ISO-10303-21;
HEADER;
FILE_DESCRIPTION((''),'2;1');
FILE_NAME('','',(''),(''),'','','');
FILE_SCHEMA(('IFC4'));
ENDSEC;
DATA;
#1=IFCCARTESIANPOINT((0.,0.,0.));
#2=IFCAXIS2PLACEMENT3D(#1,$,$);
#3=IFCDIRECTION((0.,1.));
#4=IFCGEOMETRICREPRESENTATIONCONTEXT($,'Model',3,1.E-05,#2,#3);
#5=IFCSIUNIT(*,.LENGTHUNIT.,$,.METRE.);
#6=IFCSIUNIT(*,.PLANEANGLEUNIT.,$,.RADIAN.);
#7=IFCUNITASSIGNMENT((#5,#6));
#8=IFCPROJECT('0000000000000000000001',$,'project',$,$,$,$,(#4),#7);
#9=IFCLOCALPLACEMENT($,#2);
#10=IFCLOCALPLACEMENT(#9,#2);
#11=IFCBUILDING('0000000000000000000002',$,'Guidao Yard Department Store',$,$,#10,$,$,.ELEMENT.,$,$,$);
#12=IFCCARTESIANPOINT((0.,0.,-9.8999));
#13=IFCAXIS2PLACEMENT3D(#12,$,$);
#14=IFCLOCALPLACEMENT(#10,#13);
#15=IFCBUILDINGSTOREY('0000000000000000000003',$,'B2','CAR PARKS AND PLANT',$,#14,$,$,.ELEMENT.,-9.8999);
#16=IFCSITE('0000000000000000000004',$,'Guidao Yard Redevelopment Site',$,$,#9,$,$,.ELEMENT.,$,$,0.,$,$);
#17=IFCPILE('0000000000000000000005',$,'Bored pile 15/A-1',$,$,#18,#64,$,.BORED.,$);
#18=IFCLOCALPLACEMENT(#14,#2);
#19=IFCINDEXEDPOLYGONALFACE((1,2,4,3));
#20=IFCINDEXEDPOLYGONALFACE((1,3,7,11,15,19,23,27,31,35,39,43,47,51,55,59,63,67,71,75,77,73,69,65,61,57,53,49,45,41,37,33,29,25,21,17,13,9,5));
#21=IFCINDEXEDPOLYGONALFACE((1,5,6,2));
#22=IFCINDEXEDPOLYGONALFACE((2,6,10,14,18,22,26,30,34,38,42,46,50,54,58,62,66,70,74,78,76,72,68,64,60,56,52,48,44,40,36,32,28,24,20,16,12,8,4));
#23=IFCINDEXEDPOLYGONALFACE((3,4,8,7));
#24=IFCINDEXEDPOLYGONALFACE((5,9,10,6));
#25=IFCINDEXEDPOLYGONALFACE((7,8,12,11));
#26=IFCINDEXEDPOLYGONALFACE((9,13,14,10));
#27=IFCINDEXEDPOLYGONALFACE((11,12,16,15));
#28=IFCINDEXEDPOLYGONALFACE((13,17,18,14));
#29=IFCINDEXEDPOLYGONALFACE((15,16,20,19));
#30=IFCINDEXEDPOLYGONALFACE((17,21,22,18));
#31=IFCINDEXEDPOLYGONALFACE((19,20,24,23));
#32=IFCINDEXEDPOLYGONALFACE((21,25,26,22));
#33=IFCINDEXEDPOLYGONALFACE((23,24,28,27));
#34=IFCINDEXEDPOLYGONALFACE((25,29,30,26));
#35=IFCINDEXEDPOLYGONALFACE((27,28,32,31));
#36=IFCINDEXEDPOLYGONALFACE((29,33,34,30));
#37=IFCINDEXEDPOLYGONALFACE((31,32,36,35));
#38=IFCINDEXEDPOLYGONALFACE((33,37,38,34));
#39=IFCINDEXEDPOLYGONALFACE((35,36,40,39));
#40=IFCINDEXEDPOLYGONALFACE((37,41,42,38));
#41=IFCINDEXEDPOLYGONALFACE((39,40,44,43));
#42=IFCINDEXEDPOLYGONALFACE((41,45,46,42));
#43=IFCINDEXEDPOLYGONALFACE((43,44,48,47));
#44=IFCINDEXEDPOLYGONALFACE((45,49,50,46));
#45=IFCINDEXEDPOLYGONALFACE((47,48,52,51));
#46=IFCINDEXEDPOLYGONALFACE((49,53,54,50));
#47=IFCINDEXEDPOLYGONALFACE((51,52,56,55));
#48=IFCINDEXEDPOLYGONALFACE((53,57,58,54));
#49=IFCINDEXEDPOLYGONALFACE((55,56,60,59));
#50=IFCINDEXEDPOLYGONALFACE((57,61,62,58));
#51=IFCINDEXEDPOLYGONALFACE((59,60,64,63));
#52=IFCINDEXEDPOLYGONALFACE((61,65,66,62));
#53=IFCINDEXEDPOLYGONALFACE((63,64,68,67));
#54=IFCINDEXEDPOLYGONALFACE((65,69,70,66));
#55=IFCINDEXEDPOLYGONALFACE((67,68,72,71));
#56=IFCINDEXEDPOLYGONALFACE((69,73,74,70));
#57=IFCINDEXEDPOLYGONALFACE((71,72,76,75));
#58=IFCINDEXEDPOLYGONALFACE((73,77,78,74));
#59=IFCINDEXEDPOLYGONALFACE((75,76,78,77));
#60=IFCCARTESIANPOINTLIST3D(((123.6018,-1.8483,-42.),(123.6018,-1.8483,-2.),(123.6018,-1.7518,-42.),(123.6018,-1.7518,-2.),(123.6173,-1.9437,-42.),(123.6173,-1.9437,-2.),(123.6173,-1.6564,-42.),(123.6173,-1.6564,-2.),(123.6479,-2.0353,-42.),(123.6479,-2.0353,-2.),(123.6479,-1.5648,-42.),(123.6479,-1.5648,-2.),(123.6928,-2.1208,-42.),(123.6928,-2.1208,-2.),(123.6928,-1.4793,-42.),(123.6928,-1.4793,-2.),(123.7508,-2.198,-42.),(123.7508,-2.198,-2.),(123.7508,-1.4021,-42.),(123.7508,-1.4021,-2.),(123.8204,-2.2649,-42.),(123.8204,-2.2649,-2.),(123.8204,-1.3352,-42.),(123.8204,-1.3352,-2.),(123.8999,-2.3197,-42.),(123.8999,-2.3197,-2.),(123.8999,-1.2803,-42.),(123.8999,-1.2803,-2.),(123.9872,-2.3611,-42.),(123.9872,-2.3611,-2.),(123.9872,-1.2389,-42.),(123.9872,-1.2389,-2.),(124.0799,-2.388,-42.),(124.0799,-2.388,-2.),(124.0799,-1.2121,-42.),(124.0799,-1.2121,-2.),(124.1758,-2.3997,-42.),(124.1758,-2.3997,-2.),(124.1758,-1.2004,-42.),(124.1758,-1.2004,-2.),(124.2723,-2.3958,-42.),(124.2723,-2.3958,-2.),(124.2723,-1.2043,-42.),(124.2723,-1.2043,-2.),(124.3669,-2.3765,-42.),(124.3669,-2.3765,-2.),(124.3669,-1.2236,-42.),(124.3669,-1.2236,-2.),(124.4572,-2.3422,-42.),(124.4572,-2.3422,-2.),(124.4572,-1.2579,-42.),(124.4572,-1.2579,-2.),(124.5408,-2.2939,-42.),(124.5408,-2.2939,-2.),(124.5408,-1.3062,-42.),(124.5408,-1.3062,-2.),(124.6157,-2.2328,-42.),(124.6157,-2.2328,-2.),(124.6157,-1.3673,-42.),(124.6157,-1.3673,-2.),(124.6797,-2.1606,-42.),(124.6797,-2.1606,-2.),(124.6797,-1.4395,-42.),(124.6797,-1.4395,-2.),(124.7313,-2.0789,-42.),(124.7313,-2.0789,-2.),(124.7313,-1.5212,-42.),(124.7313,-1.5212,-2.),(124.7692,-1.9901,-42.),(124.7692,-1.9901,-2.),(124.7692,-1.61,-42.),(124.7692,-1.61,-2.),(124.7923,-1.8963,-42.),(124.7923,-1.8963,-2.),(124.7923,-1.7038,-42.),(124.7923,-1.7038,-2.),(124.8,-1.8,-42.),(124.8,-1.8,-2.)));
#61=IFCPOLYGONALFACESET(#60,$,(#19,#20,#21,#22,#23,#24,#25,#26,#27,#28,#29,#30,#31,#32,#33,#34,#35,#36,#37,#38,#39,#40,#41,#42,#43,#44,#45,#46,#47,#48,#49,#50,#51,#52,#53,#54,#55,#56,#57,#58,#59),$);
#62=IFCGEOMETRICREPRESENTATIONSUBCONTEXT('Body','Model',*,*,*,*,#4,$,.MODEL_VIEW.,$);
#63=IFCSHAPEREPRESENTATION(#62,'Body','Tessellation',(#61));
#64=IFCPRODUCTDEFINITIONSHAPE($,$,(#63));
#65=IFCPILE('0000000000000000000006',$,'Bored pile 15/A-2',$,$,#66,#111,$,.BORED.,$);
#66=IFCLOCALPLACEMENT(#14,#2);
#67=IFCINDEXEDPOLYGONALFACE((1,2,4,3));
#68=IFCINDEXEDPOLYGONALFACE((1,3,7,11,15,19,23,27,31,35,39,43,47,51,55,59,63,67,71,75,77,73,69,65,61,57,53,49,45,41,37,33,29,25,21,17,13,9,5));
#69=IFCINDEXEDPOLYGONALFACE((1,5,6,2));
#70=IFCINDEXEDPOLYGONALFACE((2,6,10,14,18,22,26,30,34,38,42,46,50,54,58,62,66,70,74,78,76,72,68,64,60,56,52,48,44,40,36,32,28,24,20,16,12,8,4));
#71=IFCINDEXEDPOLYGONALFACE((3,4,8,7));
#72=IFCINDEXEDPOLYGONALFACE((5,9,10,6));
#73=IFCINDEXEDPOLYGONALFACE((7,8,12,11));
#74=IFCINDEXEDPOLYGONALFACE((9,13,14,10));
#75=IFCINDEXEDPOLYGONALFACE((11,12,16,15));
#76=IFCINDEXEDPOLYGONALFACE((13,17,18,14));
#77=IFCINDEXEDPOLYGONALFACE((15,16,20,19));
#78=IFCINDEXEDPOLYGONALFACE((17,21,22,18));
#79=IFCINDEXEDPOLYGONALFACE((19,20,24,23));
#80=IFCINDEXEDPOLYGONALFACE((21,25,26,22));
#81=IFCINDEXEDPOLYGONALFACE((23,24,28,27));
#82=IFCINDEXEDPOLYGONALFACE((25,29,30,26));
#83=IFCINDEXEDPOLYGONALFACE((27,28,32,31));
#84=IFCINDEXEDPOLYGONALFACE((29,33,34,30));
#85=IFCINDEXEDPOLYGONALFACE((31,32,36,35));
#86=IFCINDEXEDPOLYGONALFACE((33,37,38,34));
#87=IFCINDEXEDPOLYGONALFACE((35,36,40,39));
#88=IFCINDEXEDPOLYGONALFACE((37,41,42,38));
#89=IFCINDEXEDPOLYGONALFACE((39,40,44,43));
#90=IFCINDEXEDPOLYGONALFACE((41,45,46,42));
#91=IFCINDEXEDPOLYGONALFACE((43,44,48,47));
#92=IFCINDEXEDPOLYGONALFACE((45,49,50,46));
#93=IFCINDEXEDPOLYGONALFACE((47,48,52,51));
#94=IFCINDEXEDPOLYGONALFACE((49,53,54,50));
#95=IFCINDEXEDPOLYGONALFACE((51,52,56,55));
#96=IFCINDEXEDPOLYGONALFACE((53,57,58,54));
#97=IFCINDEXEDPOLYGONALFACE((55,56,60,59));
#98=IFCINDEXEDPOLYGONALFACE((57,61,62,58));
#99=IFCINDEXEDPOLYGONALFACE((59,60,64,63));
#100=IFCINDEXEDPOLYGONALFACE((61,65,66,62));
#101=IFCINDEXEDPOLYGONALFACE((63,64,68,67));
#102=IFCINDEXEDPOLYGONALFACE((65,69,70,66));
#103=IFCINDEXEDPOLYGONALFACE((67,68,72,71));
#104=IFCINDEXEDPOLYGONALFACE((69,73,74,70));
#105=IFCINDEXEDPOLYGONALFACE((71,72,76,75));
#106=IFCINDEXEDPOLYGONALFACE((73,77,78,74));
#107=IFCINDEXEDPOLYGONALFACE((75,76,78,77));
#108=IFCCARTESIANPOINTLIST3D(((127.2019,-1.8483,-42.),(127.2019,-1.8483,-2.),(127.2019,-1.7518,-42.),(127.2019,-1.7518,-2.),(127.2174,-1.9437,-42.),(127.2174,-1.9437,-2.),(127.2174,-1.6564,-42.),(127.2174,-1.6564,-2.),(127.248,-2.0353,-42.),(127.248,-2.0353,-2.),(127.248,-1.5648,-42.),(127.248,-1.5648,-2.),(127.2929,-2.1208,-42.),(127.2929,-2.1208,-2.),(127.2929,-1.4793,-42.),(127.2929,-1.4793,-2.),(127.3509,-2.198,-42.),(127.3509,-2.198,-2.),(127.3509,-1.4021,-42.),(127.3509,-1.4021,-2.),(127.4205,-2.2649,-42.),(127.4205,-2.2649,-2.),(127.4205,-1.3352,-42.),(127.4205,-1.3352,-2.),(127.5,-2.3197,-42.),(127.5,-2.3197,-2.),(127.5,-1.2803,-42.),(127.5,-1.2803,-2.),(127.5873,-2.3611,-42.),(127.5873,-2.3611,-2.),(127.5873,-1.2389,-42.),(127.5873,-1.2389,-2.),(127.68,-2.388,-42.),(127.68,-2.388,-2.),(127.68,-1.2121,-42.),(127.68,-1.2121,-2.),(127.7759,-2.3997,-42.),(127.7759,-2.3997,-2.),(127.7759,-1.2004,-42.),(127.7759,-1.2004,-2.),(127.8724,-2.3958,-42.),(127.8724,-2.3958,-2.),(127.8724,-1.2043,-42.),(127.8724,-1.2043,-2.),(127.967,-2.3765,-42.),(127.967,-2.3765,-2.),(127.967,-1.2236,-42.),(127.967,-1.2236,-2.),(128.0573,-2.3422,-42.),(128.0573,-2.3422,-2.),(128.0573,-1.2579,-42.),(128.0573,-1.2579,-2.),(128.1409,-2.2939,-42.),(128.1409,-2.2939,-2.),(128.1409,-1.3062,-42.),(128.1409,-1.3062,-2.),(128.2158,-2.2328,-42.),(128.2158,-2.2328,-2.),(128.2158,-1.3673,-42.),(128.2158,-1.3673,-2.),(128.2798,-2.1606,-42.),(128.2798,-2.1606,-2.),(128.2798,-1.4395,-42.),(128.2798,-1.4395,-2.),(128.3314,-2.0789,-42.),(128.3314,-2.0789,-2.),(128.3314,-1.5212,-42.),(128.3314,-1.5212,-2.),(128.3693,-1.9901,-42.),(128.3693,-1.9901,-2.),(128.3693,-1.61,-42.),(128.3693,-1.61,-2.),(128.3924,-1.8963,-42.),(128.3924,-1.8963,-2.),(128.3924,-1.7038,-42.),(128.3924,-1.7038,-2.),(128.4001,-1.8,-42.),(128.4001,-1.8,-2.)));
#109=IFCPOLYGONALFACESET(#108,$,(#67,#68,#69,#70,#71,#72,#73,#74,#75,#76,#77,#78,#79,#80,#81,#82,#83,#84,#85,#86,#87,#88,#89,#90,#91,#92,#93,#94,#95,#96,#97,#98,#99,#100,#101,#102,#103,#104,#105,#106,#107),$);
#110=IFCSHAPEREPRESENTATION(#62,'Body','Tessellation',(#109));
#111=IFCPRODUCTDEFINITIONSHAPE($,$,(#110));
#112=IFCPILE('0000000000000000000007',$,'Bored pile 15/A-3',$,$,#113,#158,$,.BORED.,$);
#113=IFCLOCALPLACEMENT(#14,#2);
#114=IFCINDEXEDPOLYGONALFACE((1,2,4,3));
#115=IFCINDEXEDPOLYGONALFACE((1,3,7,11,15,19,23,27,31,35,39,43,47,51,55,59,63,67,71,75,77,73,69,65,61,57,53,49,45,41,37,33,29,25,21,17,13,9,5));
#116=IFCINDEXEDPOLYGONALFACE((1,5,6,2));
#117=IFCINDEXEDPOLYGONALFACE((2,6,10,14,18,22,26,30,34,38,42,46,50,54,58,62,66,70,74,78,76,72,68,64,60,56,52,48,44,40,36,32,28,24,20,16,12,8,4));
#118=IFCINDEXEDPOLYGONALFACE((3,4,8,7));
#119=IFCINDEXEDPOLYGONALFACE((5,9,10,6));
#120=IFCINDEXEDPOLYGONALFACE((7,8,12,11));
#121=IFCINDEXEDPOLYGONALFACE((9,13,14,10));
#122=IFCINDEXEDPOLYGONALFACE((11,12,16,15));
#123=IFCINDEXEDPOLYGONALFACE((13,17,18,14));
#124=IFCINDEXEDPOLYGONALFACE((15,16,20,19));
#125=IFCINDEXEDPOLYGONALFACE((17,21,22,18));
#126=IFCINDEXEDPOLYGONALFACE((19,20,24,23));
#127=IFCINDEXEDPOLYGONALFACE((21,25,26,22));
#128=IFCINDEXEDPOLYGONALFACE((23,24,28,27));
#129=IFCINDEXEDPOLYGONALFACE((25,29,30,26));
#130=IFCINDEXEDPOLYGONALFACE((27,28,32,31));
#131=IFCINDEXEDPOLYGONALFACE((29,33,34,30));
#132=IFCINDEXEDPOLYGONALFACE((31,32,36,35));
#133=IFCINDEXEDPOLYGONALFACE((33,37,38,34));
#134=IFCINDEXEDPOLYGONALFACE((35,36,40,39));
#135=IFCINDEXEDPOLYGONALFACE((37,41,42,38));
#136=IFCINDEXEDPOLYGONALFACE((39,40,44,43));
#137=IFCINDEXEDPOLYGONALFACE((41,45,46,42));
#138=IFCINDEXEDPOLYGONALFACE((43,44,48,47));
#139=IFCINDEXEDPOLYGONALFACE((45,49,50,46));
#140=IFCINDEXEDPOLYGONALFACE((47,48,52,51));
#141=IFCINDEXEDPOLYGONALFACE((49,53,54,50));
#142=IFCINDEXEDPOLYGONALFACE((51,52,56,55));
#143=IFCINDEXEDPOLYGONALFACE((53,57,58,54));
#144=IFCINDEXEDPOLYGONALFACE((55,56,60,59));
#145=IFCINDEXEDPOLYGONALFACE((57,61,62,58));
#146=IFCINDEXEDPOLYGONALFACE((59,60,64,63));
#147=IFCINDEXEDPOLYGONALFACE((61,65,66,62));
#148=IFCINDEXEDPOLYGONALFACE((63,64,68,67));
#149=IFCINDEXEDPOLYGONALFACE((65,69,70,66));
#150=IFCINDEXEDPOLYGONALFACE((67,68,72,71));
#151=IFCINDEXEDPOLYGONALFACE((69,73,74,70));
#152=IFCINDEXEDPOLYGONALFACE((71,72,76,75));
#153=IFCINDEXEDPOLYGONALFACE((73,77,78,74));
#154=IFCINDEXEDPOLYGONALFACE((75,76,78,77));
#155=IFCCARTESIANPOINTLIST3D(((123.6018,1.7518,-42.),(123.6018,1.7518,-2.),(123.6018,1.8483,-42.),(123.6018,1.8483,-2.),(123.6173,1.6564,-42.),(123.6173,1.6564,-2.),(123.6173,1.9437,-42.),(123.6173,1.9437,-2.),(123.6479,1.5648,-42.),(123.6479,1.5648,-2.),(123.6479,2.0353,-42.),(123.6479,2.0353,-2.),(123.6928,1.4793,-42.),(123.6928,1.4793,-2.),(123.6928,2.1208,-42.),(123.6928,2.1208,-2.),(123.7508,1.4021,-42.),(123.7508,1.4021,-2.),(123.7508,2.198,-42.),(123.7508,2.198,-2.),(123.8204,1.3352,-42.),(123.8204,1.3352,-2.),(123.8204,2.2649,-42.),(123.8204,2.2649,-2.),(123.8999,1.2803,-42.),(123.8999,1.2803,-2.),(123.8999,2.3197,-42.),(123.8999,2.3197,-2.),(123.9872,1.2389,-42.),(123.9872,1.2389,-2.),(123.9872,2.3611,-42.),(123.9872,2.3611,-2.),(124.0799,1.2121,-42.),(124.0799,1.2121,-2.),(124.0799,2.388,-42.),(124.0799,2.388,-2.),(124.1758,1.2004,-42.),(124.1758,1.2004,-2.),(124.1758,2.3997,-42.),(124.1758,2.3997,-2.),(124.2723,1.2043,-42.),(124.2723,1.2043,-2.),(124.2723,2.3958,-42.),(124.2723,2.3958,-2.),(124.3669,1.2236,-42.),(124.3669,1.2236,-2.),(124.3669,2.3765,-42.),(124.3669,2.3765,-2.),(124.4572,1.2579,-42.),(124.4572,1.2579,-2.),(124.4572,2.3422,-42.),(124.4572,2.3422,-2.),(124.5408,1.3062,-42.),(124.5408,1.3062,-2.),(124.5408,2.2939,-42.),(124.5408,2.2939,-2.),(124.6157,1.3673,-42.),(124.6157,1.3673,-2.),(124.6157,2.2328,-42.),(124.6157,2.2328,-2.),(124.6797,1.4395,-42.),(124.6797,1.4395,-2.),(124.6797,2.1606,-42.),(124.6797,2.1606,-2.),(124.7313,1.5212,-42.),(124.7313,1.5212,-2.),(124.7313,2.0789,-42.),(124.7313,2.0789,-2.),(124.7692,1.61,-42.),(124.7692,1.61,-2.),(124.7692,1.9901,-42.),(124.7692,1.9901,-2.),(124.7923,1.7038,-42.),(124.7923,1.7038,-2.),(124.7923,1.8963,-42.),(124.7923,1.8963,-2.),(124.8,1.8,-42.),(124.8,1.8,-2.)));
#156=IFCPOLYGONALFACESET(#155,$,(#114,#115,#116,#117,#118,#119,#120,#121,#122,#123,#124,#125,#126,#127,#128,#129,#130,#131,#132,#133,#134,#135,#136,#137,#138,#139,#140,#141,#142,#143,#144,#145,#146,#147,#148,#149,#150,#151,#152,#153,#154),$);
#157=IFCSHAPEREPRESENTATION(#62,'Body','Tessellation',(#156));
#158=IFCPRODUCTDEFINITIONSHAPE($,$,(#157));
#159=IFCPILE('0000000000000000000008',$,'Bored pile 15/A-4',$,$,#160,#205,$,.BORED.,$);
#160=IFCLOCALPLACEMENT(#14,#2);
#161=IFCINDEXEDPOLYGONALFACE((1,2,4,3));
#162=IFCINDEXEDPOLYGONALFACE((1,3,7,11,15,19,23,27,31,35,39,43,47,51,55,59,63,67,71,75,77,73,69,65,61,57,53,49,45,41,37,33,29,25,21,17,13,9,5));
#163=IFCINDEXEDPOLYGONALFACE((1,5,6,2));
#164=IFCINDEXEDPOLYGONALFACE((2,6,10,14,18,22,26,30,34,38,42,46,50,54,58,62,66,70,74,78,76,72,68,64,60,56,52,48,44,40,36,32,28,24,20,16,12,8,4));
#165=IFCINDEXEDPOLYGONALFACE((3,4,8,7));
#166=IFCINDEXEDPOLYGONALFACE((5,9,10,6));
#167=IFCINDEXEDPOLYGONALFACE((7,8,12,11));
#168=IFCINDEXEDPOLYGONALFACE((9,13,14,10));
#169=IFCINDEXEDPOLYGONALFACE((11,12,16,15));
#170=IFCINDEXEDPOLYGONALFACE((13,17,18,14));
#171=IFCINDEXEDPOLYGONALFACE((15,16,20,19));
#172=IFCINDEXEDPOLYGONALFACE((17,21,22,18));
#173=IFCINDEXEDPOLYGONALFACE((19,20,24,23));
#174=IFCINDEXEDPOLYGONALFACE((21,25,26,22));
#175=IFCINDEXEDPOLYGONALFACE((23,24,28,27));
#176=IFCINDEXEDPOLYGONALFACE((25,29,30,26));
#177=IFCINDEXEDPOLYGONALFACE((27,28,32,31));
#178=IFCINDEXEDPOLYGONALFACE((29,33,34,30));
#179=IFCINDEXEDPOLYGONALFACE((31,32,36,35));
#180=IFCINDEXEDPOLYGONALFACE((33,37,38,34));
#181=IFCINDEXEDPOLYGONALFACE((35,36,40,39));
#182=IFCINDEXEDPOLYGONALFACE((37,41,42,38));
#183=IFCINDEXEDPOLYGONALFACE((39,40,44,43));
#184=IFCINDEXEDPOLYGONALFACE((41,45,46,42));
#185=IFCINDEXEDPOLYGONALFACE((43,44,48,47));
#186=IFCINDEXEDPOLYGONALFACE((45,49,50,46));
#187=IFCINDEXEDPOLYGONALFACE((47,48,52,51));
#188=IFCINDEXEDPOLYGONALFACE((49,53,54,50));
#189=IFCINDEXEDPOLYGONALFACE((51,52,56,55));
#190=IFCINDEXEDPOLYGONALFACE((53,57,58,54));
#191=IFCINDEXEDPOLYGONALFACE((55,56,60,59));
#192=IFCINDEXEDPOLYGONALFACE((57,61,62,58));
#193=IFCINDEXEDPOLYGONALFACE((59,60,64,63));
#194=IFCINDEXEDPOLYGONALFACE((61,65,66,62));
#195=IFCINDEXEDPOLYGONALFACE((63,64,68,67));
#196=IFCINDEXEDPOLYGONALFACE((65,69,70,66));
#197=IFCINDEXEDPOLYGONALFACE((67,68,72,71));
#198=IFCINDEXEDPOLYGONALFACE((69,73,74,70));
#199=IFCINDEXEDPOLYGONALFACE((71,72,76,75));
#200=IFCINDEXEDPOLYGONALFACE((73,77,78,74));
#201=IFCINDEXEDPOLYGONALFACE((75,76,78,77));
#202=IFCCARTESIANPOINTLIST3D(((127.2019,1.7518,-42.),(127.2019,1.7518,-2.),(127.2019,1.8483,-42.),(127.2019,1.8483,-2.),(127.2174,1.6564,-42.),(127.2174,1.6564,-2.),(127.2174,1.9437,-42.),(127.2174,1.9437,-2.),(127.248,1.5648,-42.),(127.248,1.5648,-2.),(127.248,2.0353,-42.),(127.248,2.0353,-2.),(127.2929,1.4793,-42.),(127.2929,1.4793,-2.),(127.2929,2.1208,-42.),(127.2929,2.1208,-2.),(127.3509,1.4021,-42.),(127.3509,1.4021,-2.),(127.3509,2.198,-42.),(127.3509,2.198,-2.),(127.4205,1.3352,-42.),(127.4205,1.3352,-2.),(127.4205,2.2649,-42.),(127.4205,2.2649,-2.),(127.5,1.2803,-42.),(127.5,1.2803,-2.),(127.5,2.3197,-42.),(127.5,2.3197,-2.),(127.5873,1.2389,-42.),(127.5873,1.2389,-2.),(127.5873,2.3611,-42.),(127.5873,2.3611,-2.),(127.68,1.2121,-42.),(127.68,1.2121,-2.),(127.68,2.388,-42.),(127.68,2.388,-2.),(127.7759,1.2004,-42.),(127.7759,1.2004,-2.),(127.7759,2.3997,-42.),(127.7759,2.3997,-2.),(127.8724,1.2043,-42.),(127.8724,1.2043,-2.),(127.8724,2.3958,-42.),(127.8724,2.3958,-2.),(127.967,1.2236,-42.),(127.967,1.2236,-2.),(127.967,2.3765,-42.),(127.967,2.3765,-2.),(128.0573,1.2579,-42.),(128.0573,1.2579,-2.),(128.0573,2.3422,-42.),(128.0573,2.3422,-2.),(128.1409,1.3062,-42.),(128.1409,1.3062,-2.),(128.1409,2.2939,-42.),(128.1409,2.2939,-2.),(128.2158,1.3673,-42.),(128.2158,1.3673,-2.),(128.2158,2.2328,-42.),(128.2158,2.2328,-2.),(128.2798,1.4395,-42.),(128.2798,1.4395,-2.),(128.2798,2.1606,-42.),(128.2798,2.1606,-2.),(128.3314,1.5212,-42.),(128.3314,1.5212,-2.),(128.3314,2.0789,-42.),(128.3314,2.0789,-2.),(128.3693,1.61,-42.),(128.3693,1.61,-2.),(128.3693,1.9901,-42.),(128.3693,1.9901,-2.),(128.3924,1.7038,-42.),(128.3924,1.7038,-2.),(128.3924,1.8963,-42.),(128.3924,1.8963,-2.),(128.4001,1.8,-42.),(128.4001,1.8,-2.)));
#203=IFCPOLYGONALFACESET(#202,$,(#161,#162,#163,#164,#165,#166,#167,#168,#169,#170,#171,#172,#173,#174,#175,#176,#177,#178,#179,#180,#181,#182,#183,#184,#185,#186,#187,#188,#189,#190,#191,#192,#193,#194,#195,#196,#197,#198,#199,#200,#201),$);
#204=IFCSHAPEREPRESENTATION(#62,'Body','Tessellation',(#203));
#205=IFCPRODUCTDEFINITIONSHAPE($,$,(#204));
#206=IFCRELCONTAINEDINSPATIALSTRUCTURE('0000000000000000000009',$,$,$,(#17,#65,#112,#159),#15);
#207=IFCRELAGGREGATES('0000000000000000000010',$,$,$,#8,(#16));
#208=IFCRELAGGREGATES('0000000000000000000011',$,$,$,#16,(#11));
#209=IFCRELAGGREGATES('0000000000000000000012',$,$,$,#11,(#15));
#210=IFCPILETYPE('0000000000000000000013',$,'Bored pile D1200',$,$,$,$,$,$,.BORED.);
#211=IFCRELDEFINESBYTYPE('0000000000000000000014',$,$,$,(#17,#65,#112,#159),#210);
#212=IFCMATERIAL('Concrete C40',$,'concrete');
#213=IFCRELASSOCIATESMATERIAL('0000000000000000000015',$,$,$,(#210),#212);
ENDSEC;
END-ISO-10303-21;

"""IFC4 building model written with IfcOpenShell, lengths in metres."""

from ifc_helpers import new_model, si_unit, direction, frame, origin, origin_2d, place, context, subcontext, project, spatial, circle, extrude, material, material_profile, profile_set, type_object, element, save


model = new_model("IFC4")

# Units and contexts
model_context = context("Model", 3, precision=1e-05, world=origin(), true_north=direction((0.0, 1.0)))
body_context = subcontext(model_context, "Body", "Model", "MODEL_VIEW")
ifc_project = project(units=[si_unit("LENGTHUNIT", "METRE"), si_unit("PLANEANGLEUNIT", "RADIAN")], contexts=[model_context])

# Site, building, storey
site_placement = place(None, origin())
site = spatial("IfcSite", under=ifc_project, at=site_placement, Name="Guidao Yard Redevelopment Site", CompositionType="ELEMENT", RefElevation=0.0)
building_placement = place(site_placement, origin())
building = spatial("IfcBuilding", under=site, at=building_placement, Name="Guidao Yard Department Store", CompositionType="ELEMENT")
storey_placement = place(building_placement, frame((0.0, 0.0, -9.8999)))
storey = spatial("IfcBuildingStorey", under=building, at=storey_placement, Name="B2", Description="CAR PARKS AND PLANT", CompositionType="ELEMENT", Elevation=-9.8999)

# Piles
ifc_material_1 = material(Name="Concrete C40", Category="concrete")
ifc_material_profile_1 = material_profile(ifc_material_1, circle(Radius=0.6001, at=origin_2d()), Name="Bored pile D1200")
ifc_profile_set_1 = profile_set([ifc_material_profile_1], Name="Concrete C40")
pile_type = type_object("IfcPileType", Name="Bored pile D1200", PredefinedType="BORED", material=ifc_profile_set_1)
for number, where, z_axis, x_axis, name in (
    (1, (124.2, -1.8, -2.0), (0.0, 0.0, -1.0), (1.0, 0.0, 0.0), "Bored pile 15/A-1"),
    (2, (127.8, -1.8, -2.0), (0.0, 0.0, -1.0), (1.0, 0.0, 0.0), "Bored pile 15/A-2"),
    (3, (124.2, 1.8, -2.0), (0.0, 0.0, -1.0), (1.0, 0.0, 0.0), "Bored pile 15/A-3"),
    (4, (127.8, 1.8, -2.0), (0.0, 0.0, -1.0), (1.0, 0.0, 0.0), "Bored pile 15/A-4"),
):
    element("IfcPile", number, at=place(storey_placement, frame(where, z_axis=z_axis, x_axis=x_axis)), inside=storey, type_object=pile_type, Name=name, PredefinedType="BORED", context=body_context, shape_type="SweptSolid", body=[
        extrude(circle(Radius=0.6001, at=origin_2d()), origin(), (0.0, 0.0, 1.0), 40.0),
    ])

save(model, "model.ifc")
